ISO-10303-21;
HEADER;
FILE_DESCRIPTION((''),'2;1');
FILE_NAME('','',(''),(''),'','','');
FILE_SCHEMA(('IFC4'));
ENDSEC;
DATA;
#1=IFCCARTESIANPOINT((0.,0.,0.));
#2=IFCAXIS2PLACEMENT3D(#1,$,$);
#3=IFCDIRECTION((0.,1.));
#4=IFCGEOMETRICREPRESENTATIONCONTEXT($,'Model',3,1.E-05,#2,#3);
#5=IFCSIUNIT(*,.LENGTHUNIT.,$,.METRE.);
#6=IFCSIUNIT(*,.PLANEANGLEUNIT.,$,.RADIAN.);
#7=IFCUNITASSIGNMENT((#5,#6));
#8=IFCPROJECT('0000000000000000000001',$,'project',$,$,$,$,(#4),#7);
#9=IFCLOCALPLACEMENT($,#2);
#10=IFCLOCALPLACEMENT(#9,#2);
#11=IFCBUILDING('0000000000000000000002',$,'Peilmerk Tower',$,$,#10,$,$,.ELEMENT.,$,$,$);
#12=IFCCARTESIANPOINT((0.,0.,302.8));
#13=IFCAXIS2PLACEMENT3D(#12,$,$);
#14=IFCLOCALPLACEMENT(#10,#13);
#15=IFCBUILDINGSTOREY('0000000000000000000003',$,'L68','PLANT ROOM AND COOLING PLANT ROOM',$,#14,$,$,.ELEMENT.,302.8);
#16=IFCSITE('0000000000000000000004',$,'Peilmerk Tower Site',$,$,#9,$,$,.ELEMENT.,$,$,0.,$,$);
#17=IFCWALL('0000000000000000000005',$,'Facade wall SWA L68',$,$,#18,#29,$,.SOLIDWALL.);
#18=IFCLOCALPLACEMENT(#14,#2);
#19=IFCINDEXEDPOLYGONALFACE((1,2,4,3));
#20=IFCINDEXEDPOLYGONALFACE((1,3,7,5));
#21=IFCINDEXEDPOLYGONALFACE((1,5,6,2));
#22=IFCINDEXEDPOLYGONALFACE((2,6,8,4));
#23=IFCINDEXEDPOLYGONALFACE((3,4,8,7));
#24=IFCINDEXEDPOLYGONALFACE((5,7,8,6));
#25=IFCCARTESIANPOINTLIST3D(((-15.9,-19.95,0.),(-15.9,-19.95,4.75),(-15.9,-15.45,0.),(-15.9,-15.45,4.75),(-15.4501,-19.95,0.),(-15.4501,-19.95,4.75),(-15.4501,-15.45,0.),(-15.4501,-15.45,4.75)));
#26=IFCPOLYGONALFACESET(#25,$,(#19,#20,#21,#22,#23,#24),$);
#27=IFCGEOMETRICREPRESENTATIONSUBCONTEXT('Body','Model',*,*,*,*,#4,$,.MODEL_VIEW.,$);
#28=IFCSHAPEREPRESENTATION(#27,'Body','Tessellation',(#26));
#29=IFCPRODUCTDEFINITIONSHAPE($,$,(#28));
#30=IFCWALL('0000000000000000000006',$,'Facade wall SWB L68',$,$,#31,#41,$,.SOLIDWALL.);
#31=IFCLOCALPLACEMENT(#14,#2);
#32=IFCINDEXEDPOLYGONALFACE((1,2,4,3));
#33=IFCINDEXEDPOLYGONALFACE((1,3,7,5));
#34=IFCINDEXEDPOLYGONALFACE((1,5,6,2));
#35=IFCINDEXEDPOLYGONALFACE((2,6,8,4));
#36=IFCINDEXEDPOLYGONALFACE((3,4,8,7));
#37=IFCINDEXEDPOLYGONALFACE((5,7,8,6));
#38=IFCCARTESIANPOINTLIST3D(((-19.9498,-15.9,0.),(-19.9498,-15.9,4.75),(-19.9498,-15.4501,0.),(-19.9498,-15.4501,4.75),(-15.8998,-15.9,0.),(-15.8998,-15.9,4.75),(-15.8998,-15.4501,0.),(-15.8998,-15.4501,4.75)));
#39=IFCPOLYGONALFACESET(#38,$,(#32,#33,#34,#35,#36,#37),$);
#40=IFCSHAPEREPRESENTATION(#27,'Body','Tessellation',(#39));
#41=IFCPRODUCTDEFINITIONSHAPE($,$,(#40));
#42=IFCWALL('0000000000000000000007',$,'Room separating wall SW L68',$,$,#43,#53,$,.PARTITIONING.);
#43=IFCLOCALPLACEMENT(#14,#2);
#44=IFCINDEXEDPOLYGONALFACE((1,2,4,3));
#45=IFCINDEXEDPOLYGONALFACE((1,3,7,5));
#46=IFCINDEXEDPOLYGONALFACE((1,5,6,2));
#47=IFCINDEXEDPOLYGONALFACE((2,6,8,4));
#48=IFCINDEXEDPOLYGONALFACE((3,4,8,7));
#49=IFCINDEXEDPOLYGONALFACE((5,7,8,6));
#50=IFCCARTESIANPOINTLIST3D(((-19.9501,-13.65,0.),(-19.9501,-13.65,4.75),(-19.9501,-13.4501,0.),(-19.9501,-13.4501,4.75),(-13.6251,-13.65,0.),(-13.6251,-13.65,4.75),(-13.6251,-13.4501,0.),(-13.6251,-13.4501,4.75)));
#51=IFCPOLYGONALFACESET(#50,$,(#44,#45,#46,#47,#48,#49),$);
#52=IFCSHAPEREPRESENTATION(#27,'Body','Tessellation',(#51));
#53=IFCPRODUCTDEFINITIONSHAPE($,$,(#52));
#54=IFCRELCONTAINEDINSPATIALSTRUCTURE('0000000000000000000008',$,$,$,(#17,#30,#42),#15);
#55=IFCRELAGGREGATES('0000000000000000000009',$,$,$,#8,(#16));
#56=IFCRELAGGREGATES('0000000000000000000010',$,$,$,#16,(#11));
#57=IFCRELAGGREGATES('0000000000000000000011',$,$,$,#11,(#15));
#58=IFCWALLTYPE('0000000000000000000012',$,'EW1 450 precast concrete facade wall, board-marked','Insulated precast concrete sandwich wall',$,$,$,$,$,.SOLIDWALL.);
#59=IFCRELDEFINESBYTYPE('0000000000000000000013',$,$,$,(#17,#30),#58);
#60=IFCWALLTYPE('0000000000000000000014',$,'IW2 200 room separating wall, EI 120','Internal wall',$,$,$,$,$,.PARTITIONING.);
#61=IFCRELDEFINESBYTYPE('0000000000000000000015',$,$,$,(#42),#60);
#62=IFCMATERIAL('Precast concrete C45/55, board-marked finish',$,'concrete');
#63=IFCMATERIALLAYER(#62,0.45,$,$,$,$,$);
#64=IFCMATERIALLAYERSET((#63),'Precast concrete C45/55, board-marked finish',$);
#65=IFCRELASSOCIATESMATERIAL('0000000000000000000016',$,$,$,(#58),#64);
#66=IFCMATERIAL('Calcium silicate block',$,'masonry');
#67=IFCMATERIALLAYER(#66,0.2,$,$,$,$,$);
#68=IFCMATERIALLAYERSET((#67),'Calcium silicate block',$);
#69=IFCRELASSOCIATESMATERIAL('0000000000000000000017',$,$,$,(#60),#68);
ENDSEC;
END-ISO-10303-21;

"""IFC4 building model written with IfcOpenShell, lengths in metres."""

from ifc_helpers import new_model, si_unit, direction, frame, frame_2d, origin, place, context, subcontext, project, spatial, rectangle, extrude, material, layer, layer_set, type_object, element, save


model = new_model("IFC4")

# Units and contexts
model_context = context("Model", 3, precision=1e-05, world=origin(), true_north=direction((0.0, 1.0)))
body_context = subcontext(model_context, "Body", "Model", "MODEL_VIEW")
ifc_project = project(units=[si_unit("LENGTHUNIT", "METRE"), si_unit("PLANEANGLEUNIT", "RADIAN")], contexts=[model_context])

# Site, building, storey
site_placement = place(None, origin())
site = spatial("IfcSite", under=ifc_project, at=site_placement, Name="Peilmerk Tower Site", CompositionType="ELEMENT", RefElevation=0.0)
building_placement = place(site_placement, origin())
building = spatial("IfcBuilding", under=site, at=building_placement, Name="Peilmerk Tower", CompositionType="ELEMENT")
storey_placement = place(building_placement, frame((0.0, 0.0, 302.8)))
storey = spatial("IfcBuildingStorey", under=building, at=storey_placement, Name="L68", Description="PLANT ROOM AND COOLING PLANT ROOM", CompositionType="ELEMENT", Elevation=302.8)

# Walls
ifc_material_1 = material(Name="Precast concrete C45/55, board-marked finish", Category="concrete")
ifc_layer_1 = layer(ifc_material_1, 0.45)
ifc_layer_set_1 = layer_set([ifc_layer_1], Name="Precast concrete C45/55, board-marked finish")
wall_type_1 = type_object("IfcWallType", Name="EW1 450 precast concrete facade wall, board-marked", Description="Insulated precast concrete sandwich wall", PredefinedType="SOLIDWALL", material=ifc_layer_set_1)
wall_1_placement = place(storey_placement, frame((-15.675, -15.45, 0.0), z_axis=(0.0, 0.0, 1.0), x_axis=(0.0, -1.0, 0.0)))
element("IfcWall", 1, at=wall_1_placement, inside=storey, type_object=wall_type_1, Name="Facade wall SWA L68", PredefinedType="SOLIDWALL", context=body_context, shape_type="SweptSolid", body=[
    extrude(rectangle(XDim=4.5, YDim=0.45, at=frame_2d((2.25, 0.0))), origin(), (0.0, 0.0, 1.0), 4.75),
])
wall_2_placement = place(storey_placement, frame((-15.8999, -15.675, 0.0), z_axis=(0.0, 0.0, 1.0), x_axis=(-1.0, 0.0, 0.0)))
element("IfcWall", 2, at=wall_2_placement, inside=storey, type_object=wall_type_1, Name="Facade wall SWB L68", PredefinedType="SOLIDWALL", context=body_context, shape_type="SweptSolid", body=[
    extrude(rectangle(XDim=4.05, YDim=0.45, at=frame_2d((2.0249, 0.0))), origin(), (0.0, 0.0, 1.0), 4.75),
])
ifc_material_2 = material(Name="Calcium silicate block", Category="masonry")
ifc_layer_2 = layer(ifc_material_2, 0.2)
ifc_layer_set_2 = layer_set([ifc_layer_2], Name="Calcium silicate block")
wall_type_2 = type_object("IfcWallType", Name="IW2 200 room separating wall, EI 120", Description="Internal wall", PredefinedType="PARTITIONING", material=ifc_layer_set_2)
wall_3_placement = place(storey_placement, frame((-13.625, -13.55, 0.0), z_axis=(0.0, 0.0, 1.0), x_axis=(-1.0, 0.0, 0.0)))
element("IfcWall", 3, at=wall_3_placement, inside=storey, type_object=wall_type_2, Name="Room separating wall SW L68", PredefinedType="PARTITIONING", context=body_context, shape_type="SweptSolid", body=[
    extrude(rectangle(XDim=6.325, YDim=0.2, at=frame_2d((3.1626, 0.0))), origin(), (0.0, 0.0, 1.0), 4.75),
])

save(model, "model.ifc")
